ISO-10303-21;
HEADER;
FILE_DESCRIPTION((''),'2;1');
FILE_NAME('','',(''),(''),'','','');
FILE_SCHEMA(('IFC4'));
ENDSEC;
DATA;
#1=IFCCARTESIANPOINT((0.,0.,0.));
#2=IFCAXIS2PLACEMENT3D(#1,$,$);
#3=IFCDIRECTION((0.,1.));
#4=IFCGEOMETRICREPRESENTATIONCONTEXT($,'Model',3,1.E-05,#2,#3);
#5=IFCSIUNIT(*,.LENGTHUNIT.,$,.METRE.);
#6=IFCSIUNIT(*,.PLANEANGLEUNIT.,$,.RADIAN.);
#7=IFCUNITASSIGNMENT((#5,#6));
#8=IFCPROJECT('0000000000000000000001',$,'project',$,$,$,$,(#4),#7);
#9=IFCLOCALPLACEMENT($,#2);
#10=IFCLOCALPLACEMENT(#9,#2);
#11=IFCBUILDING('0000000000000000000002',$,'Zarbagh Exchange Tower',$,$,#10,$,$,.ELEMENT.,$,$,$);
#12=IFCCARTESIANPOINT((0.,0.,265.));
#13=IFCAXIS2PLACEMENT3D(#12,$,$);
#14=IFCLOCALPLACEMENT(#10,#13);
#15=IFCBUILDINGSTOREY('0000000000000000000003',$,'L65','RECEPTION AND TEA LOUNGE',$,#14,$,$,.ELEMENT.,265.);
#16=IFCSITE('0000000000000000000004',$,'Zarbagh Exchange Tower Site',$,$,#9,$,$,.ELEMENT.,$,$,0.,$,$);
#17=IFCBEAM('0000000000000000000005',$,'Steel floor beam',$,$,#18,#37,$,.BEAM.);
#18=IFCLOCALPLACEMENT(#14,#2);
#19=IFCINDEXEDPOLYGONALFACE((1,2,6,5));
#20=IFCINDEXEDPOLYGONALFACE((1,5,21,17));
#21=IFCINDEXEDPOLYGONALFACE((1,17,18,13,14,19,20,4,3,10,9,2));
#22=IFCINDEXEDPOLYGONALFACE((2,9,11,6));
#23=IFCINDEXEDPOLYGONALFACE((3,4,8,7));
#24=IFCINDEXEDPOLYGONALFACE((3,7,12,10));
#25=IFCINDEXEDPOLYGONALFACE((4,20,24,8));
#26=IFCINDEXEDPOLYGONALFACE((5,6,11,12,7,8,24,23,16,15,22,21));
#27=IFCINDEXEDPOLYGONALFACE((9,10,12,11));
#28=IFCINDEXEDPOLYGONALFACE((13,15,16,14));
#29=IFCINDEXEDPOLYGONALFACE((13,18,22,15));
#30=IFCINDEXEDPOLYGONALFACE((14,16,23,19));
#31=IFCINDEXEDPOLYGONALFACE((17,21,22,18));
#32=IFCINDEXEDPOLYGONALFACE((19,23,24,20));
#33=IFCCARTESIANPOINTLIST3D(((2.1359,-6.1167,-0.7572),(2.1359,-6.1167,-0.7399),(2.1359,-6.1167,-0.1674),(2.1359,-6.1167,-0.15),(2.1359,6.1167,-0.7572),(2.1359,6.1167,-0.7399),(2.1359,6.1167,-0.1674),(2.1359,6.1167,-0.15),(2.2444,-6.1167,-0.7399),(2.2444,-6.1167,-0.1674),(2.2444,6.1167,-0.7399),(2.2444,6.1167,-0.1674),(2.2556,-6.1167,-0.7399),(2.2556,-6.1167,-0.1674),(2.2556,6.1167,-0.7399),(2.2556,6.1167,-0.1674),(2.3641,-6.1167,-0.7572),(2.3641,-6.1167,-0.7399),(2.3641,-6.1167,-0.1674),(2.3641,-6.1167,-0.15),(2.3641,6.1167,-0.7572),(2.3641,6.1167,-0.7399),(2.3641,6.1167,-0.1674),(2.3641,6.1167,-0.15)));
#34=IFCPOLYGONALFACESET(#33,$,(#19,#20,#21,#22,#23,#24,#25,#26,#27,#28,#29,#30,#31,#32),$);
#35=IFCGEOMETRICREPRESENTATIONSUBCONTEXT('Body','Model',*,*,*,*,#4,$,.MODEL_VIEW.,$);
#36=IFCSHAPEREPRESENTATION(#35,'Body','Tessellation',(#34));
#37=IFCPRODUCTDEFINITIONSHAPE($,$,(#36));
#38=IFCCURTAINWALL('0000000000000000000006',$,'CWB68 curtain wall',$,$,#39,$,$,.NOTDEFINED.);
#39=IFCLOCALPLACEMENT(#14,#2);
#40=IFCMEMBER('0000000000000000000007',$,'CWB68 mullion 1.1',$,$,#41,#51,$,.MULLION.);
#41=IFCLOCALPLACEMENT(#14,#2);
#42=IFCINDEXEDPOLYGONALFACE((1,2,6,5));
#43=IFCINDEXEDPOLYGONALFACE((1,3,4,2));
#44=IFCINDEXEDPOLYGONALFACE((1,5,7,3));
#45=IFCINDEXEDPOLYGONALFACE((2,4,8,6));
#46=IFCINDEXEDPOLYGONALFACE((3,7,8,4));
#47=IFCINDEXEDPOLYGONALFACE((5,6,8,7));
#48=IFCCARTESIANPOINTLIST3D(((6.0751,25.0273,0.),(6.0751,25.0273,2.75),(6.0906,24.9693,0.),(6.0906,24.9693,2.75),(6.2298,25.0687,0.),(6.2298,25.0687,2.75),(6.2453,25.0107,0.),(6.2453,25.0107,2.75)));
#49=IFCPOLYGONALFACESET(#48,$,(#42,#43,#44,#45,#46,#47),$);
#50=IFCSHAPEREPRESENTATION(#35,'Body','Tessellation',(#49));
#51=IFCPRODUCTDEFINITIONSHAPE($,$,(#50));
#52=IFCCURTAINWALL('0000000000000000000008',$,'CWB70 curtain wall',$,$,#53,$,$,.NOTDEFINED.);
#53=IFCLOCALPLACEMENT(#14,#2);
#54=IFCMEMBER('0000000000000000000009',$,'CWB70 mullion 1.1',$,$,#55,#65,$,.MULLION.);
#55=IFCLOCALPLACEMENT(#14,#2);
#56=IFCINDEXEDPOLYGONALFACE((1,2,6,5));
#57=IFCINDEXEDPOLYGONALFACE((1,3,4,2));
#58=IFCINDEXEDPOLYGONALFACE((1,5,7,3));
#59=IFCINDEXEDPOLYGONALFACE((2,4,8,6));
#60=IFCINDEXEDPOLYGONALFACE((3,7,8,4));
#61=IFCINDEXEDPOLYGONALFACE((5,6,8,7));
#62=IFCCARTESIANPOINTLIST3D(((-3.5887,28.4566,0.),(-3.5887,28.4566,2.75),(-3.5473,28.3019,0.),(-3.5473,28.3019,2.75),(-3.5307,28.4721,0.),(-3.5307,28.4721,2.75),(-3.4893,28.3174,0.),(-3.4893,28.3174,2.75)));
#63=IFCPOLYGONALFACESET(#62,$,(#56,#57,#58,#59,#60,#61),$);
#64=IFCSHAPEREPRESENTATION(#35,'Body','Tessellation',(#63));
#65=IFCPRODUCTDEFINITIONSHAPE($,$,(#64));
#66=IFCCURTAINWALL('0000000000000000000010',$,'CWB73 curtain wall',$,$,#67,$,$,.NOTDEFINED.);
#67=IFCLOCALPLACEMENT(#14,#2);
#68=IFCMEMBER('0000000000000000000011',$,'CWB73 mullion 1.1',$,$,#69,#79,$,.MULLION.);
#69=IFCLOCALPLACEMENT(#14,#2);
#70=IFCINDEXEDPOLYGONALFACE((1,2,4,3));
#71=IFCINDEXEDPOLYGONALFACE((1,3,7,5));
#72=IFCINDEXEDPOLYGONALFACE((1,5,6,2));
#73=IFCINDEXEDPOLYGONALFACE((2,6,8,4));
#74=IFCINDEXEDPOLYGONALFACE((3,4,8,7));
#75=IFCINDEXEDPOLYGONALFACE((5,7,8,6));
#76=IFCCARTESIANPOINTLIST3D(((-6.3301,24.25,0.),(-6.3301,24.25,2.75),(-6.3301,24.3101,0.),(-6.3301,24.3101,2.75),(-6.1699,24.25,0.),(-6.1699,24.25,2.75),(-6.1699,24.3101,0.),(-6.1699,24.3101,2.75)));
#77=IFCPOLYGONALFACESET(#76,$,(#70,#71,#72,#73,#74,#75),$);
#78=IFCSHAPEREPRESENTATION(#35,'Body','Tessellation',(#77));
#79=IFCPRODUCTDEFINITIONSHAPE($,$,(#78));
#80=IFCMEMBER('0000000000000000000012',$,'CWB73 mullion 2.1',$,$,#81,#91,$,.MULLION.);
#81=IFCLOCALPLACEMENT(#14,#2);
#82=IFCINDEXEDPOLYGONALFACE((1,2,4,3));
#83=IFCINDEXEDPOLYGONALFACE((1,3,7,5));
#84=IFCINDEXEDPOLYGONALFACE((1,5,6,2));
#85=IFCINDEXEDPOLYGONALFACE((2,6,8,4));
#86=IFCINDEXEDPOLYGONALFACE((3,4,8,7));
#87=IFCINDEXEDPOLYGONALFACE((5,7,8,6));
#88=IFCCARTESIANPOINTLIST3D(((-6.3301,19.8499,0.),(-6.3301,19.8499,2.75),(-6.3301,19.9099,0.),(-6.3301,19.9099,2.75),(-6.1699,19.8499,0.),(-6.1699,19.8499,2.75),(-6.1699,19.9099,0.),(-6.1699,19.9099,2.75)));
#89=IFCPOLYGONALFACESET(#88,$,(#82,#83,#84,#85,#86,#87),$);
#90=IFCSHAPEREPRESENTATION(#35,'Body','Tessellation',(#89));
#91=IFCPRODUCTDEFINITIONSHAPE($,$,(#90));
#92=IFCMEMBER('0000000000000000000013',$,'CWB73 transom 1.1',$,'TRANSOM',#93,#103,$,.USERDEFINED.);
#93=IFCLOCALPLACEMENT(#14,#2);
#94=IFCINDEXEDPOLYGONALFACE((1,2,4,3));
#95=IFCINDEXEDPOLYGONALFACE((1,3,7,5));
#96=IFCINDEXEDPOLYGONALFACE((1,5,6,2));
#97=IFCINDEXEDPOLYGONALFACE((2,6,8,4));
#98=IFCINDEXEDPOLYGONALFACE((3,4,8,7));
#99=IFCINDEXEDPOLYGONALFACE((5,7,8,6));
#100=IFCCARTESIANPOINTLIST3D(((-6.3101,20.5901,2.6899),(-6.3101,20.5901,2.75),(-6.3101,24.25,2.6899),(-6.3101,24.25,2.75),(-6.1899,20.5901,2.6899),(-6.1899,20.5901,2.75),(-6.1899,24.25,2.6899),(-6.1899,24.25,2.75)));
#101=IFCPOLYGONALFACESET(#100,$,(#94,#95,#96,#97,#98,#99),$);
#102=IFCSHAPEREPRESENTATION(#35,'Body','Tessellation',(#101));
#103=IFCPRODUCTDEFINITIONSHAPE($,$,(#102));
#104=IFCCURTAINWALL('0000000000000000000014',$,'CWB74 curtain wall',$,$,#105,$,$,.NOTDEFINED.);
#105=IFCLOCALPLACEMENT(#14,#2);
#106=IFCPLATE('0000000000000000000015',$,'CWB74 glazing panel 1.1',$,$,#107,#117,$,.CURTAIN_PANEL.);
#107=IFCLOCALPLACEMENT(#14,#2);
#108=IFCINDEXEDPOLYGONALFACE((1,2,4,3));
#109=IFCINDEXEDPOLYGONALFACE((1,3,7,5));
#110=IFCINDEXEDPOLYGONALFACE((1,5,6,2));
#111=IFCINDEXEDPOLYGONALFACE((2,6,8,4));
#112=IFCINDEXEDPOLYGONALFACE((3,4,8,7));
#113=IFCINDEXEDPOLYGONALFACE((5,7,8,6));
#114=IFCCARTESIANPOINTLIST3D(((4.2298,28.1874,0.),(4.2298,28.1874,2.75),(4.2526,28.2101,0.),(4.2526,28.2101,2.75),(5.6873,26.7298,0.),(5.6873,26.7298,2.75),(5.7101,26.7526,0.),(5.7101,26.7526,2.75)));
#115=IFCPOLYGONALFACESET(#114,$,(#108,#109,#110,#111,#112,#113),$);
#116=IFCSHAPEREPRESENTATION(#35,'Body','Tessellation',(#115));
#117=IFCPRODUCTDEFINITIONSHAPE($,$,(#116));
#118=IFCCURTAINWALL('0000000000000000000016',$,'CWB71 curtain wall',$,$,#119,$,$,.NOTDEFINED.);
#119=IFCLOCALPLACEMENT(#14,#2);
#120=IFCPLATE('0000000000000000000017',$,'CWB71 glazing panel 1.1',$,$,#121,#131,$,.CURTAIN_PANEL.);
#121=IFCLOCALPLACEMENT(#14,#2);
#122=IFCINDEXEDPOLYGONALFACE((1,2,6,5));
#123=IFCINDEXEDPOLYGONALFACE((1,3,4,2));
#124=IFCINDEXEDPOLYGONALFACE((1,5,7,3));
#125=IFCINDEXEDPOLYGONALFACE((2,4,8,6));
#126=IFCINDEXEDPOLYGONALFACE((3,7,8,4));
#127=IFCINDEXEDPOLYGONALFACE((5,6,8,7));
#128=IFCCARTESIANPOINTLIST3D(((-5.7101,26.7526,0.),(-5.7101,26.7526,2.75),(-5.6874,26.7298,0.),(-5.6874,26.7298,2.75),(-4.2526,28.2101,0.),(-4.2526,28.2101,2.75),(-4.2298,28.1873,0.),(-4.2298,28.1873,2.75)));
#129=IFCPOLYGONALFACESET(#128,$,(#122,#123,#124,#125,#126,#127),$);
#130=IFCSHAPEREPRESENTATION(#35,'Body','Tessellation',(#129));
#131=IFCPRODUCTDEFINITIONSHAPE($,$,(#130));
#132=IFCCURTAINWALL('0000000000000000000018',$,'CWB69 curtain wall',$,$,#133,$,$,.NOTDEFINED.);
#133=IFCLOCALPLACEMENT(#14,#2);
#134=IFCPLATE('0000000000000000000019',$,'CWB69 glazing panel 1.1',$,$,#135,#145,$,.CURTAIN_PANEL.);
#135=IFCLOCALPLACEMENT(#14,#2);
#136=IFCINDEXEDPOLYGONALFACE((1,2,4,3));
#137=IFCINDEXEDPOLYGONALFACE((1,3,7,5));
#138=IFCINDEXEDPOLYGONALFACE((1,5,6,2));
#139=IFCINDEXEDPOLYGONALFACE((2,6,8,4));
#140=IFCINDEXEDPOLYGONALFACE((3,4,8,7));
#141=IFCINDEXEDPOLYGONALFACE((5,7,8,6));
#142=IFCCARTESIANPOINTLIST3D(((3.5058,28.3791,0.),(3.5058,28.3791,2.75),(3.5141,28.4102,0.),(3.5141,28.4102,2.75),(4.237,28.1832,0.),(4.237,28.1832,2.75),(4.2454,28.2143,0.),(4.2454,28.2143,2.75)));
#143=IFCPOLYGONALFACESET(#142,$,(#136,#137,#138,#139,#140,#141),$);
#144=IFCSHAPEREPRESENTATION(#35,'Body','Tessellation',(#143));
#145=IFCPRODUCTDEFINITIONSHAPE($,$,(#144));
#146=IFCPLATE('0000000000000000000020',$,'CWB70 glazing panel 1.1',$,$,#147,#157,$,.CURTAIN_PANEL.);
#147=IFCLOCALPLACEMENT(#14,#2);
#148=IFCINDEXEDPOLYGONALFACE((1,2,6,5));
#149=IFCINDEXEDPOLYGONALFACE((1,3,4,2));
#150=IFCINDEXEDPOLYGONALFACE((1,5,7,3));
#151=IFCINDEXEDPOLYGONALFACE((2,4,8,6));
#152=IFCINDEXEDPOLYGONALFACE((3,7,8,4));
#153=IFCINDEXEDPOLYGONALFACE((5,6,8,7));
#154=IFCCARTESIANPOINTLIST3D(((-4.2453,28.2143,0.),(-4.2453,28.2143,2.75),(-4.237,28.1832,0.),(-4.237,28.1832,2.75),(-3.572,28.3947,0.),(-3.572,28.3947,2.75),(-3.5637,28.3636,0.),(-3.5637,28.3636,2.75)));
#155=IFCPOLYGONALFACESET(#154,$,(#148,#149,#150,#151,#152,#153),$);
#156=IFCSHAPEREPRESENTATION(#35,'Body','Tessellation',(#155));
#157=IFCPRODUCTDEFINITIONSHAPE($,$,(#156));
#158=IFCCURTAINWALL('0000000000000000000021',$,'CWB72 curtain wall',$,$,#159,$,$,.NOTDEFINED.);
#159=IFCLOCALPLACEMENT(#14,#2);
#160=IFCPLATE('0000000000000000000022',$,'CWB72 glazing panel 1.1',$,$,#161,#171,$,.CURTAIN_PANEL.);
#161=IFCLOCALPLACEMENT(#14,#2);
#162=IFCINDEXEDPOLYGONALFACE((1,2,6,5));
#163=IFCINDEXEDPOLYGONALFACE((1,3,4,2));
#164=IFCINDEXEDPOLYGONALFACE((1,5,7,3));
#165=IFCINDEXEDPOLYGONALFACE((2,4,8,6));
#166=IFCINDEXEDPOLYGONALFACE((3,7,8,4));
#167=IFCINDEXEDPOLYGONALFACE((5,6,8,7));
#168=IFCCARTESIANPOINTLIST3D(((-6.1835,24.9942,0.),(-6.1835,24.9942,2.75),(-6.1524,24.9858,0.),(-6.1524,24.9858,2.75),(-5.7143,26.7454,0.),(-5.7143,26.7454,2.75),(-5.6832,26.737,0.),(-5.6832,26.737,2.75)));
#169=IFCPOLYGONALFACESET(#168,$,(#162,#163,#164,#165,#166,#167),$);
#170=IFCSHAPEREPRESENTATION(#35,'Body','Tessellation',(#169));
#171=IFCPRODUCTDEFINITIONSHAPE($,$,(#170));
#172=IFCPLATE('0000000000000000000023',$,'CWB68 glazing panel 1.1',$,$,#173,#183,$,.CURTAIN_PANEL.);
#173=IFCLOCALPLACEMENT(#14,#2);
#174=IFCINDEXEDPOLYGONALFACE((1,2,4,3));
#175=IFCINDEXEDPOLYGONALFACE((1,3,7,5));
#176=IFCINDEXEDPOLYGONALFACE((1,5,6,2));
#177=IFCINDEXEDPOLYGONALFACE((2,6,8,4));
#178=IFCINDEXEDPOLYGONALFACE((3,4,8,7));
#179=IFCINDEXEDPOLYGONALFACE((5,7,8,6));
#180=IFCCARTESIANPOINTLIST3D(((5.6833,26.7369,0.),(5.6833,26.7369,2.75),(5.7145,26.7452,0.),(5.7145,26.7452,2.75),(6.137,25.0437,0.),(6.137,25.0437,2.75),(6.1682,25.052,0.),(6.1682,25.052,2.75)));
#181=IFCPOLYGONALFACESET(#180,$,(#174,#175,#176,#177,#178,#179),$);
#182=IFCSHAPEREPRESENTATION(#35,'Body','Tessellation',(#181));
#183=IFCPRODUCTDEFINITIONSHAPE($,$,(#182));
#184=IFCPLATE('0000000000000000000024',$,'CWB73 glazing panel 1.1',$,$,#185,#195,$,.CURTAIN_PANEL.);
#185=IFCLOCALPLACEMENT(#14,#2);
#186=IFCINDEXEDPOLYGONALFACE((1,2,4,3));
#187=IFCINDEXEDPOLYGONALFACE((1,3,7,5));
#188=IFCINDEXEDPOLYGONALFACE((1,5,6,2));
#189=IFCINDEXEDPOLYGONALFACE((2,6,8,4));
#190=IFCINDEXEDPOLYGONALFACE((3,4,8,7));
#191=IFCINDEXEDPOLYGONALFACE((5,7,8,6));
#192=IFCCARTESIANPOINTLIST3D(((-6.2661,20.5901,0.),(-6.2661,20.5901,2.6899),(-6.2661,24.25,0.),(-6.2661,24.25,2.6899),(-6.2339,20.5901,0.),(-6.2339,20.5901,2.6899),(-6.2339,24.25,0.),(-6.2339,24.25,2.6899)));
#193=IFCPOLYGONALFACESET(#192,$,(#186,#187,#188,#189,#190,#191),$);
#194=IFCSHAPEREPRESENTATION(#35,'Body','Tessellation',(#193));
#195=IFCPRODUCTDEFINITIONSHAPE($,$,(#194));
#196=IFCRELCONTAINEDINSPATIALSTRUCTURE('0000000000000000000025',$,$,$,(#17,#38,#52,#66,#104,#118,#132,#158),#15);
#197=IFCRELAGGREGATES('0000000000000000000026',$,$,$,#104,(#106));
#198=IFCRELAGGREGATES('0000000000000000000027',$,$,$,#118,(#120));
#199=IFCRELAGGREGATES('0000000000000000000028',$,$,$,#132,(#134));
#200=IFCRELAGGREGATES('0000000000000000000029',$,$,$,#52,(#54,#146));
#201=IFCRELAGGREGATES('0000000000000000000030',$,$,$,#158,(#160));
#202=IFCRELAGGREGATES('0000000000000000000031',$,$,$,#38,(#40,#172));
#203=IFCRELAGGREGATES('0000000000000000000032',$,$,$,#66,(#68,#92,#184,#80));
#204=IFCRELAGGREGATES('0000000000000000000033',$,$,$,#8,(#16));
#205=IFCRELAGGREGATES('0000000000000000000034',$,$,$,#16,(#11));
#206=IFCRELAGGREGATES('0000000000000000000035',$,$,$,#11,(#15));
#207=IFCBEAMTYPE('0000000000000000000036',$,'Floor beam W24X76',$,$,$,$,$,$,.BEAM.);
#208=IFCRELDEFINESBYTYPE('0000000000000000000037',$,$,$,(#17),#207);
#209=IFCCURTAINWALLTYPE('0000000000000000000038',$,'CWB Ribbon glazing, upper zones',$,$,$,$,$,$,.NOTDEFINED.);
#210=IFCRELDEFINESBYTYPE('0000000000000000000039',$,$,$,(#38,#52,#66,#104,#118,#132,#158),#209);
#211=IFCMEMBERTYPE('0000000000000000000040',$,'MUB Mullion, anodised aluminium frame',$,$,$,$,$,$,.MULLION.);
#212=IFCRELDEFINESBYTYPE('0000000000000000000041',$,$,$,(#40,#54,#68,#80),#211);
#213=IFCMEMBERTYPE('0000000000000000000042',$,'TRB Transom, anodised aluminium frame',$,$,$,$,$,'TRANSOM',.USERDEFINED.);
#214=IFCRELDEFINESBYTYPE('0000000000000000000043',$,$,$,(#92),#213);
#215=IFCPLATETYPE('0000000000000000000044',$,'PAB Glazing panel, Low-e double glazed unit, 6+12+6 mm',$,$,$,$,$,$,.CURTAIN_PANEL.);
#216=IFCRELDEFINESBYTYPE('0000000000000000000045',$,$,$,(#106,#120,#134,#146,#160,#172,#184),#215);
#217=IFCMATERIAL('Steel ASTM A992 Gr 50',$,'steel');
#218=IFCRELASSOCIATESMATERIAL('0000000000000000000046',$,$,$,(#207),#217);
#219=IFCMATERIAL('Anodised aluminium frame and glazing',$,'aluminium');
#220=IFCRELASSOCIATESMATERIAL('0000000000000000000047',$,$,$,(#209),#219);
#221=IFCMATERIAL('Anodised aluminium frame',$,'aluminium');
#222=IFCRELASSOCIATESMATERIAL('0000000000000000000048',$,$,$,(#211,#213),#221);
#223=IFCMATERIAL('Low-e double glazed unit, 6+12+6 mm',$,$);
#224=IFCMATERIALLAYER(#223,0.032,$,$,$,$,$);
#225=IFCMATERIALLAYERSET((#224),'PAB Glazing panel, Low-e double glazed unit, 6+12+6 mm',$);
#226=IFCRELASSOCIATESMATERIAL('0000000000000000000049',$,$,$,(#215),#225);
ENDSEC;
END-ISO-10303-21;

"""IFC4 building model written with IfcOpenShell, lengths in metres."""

from ifc_helpers import new_model, si_unit, direction, frame, origin, origin_2d, place, context, subcontext, project, spatial, polyline, i_section, outline, extrude, source, transform, mapped, material, layer, layer_set, material_profile, profile_set, type_object, element, aggregate, save


model = new_model("IFC4")

# Units and contexts
model_context = context("Model", 3, precision=1e-05, world=origin(), true_north=direction((0.0, 1.0)))
body_context = subcontext(model_context, "Body", "Model", "MODEL_VIEW")
ifc_project = project(units=[si_unit("LENGTHUNIT", "METRE"), si_unit("PLANEANGLEUNIT", "RADIAN")], contexts=[model_context])

# Site, building, storey
site_placement = place(None, origin())
site = spatial("IfcSite", under=ifc_project, at=site_placement, Name="Zarbagh Exchange Tower Site", CompositionType="ELEMENT", RefElevation=0.0)
building_placement = place(site_placement, origin())
building = spatial("IfcBuilding", under=site, at=building_placement, Name="Zarbagh Exchange Tower", CompositionType="ELEMENT")
storey_placement = place(building_placement, frame((0.0, 0.0, 265.0)))
storey = spatial("IfcBuildingStorey", under=building, at=storey_placement, Name="L65", Description="RECEPTION AND TEA LOUNGE", CompositionType="ELEMENT", Elevation=265.0)

# Beam
ifc_material_1 = material(Name="Steel ASTM A992 Gr 50", Category="steel")
ifc_material_profile = material_profile(ifc_material_1, i_section(OverallWidth=0.2283, OverallDepth=0.6072, WebThickness=0.0112, FlangeThickness=0.0173, at=origin_2d()), Name="W24X76")
ifc_profile_set = profile_set([ifc_material_profile], Name="Steel ASTM A992 Gr 50")
beam_type = type_object("IfcBeamType", Name="Floor beam W24X76", PredefinedType="BEAM", material=ifc_profile_set)
beam_placement = place(storey_placement, frame((2.25, -6.1167, -0.4536), z_axis=(0.0, 1.0, 0.0), x_axis=(-1.0, 0.0, 0.0)))
element("IfcBeam", 1, at=beam_placement, inside=storey, type_object=beam_type, Name="Steel floor beam", PredefinedType="BEAM", context=body_context, shape_type="SweptSolid", body=[
    extrude(i_section(OverallWidth=0.2283, OverallDepth=0.6072, WebThickness=0.0112, FlangeThickness=0.0173, at=origin_2d()), origin(), (0.0, 0.0, 1.0), 12.2334),
])

# Curtain walls, members
ifc_material_2 = material(Name="Anodised aluminium frame and glazing", Category="aluminium")
curtain_wall_type = type_object("IfcCurtainWallType", Name="CWB Ribbon glazing, upper zones", PredefinedType="NOTDEFINED", material=ifc_material_2)
curtain_wall_1_placement = place(storey_placement, origin())
curtain_wall_1 = element("IfcCurtainWall", 2, at=curtain_wall_1_placement, inside=storey, type_object=curtain_wall_type, Name="CWB68 curtain wall", PredefinedType="NOTDEFINED")
ifc_material_3 = material(Name="Anodised aluminium frame", Category="aluminium")
member_type_1 = type_object("IfcMemberType", Name="MUB Mullion, anodised aluminium frame", PredefinedType="MULLION", material=ifc_material_3)
shared_shape_1 = source(origin(), body_context, "Body", "SweptSolid", [
    extrude(outline(polyline([(0.0, -0.0801), (0.0601, -0.0801), (0.0601, 0.0801), (0.0, 0.0801), (0.0, -0.0801)])), origin(), (0.0, 0.0, 1.0), 2.75),
])
placement = place(storey_placement, origin())
member_1 = element("IfcMember", 3, at=placement, type_object=member_type_1, Name="CWB68 mullion 1.1", PredefinedType="MULLION", context=body_context, shape_type="MappedRepresentation", body=[
    mapped(shared_shape_1, transform((6.168, 24.99, 0.0), x_axis=(-0.258825, 0.965924, 0.0), y_axis=(-0.965924, -0.258825, 0.0), z_axis=(0.0, 0.0, 1.0))),
])
curtain_wall_2_placement = place(storey_placement, origin())
curtain_wall_2 = element("IfcCurtainWall", 4, at=curtain_wall_2_placement, inside=storey, type_object=curtain_wall_type, Name="CWB70 curtain wall", PredefinedType="NOTDEFINED")
member_2 = element("IfcMember", 5, at=placement, type_object=member_type_1, Name="CWB70 mullion 1.1", PredefinedType="MULLION", context=body_context, shape_type="MappedRepresentation", body=[
    mapped(shared_shape_1, transform((-3.51, 28.3948, 0.0), x_axis=(-0.965924, -0.258825, 0.0), y_axis=(0.258825, -0.965924, 0.0), z_axis=(0.0, 0.0, 1.0))),
])

# Curtain wall, members
curtain_wall_3_placement = place(storey_placement, origin())
curtain_wall_3 = element("IfcCurtainWall", 6, at=curtain_wall_3_placement, inside=storey, type_object=curtain_wall_type, Name="CWB73 curtain wall", PredefinedType="NOTDEFINED")
member_3 = element("IfcMember", 7, at=placement, type_object=member_type_1, Name="CWB73 mullion 1.1", PredefinedType="MULLION", context=body_context, shape_type="MappedRepresentation", body=[
    mapped(shared_shape_1, transform((-6.25, 24.3101, 0.0), x_axis=(0.0, -1.0, 0.0), y_axis=(1.0, 0.0, 0.0), z_axis=(0.0, 0.0, 1.0))),
])
member_4 = element("IfcMember", 8, at=placement, type_object=member_type_1, Name="CWB73 mullion 2.1", PredefinedType="MULLION", context=body_context, shape_type="MappedRepresentation", body=[
    mapped(shared_shape_1, transform((-6.25, 19.9099, 0.0), x_axis=(0.0, -1.0, 0.0), y_axis=(1.0, 0.0, 0.0), z_axis=(0.0, 0.0, 1.0))),
])
member_type_2 = type_object("IfcMemberType", Name="TRB Transom, anodised aluminium frame", ElementType="TRANSOM", PredefinedType="USERDEFINED", material=ifc_material_3)
shared_shape_2 = source(origin(), body_context, "Body", "SweptSolid", [
    extrude(outline(polyline([(-0.0601, -0.0601), (0.0, -0.0601), (0.0, 0.0601), (-0.0601, 0.0601), (-0.0601, -0.0601)])), origin(), (0.0, 0.0, 1.0), 3.6599),
])
member_5 = element("IfcMember", 9, at=placement, type_object=member_type_2, Name="CWB73 transom 1.1", ObjectType="TRANSOM", PredefinedType="USERDEFINED", context=body_context, shape_type="MappedRepresentation", body=[
    mapped(shared_shape_2, transform((-6.25, 24.25, 2.75), x_axis=(0.0, 0.0, 1.0), y_axis=(-1.0, 0.0, 0.0), z_axis=(0.0, -1.0, 0.0))),
])

# Curtain walls, plates
curtain_wall_4_placement = place(storey_placement, origin())
curtain_wall_4 = element("IfcCurtainWall", 10, at=curtain_wall_4_placement, inside=storey, type_object=curtain_wall_type, Name="CWB74 curtain wall", PredefinedType="NOTDEFINED")
ifc_material_4 = material(Name="Low-e double glazed unit, 6+12+6 mm")
ifc_layer_1 = layer(ifc_material_4, 0.032)
ifc_layer_set_1 = layer_set([ifc_layer_1], Name="PAB Glazing panel, Low-e double glazed unit, 6+12+6 mm")
plate_type = type_object("IfcPlateType", Name="PAB Glazing panel, Low-e double glazed unit, 6+12+6 mm", PredefinedType="CURTAIN_PANEL", material=ifc_layer_set_1)
shared_shape_3 = source(origin(), body_context, "Body", "SweptSolid", [
    extrude(outline(polyline([(0.0, -0.0161), (2.0613, -0.0161), (2.0613, 0.0161), (0.0, 0.0161), (0.0, -0.0161)])), origin(), (0.0, 0.0, 1.0), 2.75),
])
plate_1 = element("IfcPlate", 11, at=placement, type_object=plate_type, Name="CWB74 glazing panel 1.1", PredefinedType="CURTAIN_PANEL", context=body_context, shape_type="MappedRepresentation", body=[
    mapped(shared_shape_3, transform((5.6987, 26.7412, 0.0), x_axis=(-0.707107, 0.707107, 0.0), y_axis=(-0.707107, -0.707107, 0.0), z_axis=(0.0, 0.0, 1.0))),
])
aggregate(curtain_wall_4, [plate_1])
curtain_wall_5_placement = place(storey_placement, origin())
curtain_wall_5 = element("IfcCurtainWall", 12, at=curtain_wall_5_placement, inside=storey, type_object=curtain_wall_type, Name="CWB71 curtain wall", PredefinedType="NOTDEFINED")
plate_2 = element("IfcPlate", 13, at=placement, type_object=plate_type, Name="CWB71 glazing panel 1.1", PredefinedType="CURTAIN_PANEL", context=body_context, shape_type="MappedRepresentation", body=[
    mapped(shared_shape_3, transform((-4.2412, 28.1987, 0.0), x_axis=(-0.707107, -0.707107, 0.0), y_axis=(0.707107, -0.707107, 0.0), z_axis=(0.0, 0.0, 1.0))),
])
aggregate(curtain_wall_5, [plate_2])
curtain_wall_6_placement = place(storey_placement, origin())
curtain_wall_6 = element("IfcCurtainWall", 14, at=curtain_wall_6_placement, inside=storey, type_object=curtain_wall_type, Name="CWB69 curtain wall", PredefinedType="NOTDEFINED")
shared_shape_4 = source(origin(), body_context, "Body", "SweptSolid", [
    extrude(outline(polyline([(0.0, -0.0161), (0.7571, -0.0161), (0.7571, 0.0161), (0.0, 0.0161), (0.0, -0.0161)])), origin(), (0.0, 0.0, 1.0), 2.75),
])
plate_3 = element("IfcPlate", 15, at=placement, type_object=plate_type, Name="CWB69 glazing panel 1.1", PredefinedType="CURTAIN_PANEL", context=body_context, shape_type="MappedRepresentation", body=[
    mapped(shared_shape_4, transform((4.2412, 28.1987, 0.0), x_axis=(-0.965924, 0.258825, 0.0), y_axis=(-0.258825, -0.965924, 0.0), z_axis=(0.0, 0.0, 1.0))),
])
aggregate(curtain_wall_6, [plate_3])

# Plate
shared_shape_5 = source(origin(), body_context, "Body", "SweptSolid", [
    extrude(outline(polyline([(0.0, -0.0161), (0.697, -0.0161), (0.697, 0.0161), (0.0, 0.0161), (0.0, -0.0161)])), origin(), (0.0, 0.0, 1.0), 2.75),
])
plate_4 = element("IfcPlate", 16, at=placement, type_object=plate_type, Name="CWB70 glazing panel 1.1", PredefinedType="CURTAIN_PANEL", context=body_context, shape_type="MappedRepresentation", body=[
    mapped(shared_shape_5, transform((-3.5679, 28.3792, 0.0), x_axis=(-0.965924, -0.258825, 0.0), y_axis=(0.258825, -0.965924, 0.0), z_axis=(0.0, 0.0, 1.0))),
])
aggregate(curtain_wall_2, [member_2, plate_4])

# Curtain wall, plate
curtain_wall_7_placement = place(storey_placement, origin())
curtain_wall_7 = element("IfcCurtainWall", 17, at=curtain_wall_7_placement, inside=storey, type_object=curtain_wall_type, Name="CWB72 curtain wall", PredefinedType="NOTDEFINED")
shared_shape_6 = source(origin(), body_context, "Body", "SweptSolid", [
    extrude(outline(polyline([(0.0, -0.0161), (1.813, -0.0161), (1.813, 0.0161), (0.0, 0.0161), (0.0, -0.0161)])), origin(), (0.0, 0.0, 1.0), 2.75),
])
plate_5 = element("IfcPlate", 18, at=placement, type_object=plate_type, Name="CWB72 glazing panel 1.1", PredefinedType="CURTAIN_PANEL", context=body_context, shape_type="MappedRepresentation", body=[
    mapped(shared_shape_6, transform((-5.6987, 26.7412, 0.0), x_axis=(-0.258825, -0.965924, 0.0), y_axis=(0.965924, -0.258825, 0.0), z_axis=(0.0, 0.0, 1.0))),
])
aggregate(curtain_wall_7, [plate_5])

# Plates
shared_shape_7 = source(origin(), body_context, "Body", "SweptSolid", [
    extrude(outline(polyline([(0.0, -0.0161), (1.7529, -0.0161), (1.7529, 0.0161), (0.0, 0.0161), (0.0, -0.0161)])), origin(), (0.0, 0.0, 1.0), 2.75),
])
plate_6 = element("IfcPlate", 19, at=placement, type_object=plate_type, Name="CWB68 glazing panel 1.1", PredefinedType="CURTAIN_PANEL", context=body_context, shape_type="MappedRepresentation", body=[
    mapped(shared_shape_7, transform((6.1526, 25.0479, 0.0), x_axis=(-0.258825, 0.965924, 0.0), y_axis=(-0.965924, -0.258825, 0.0), z_axis=(0.0, 0.0, 1.0))),
])
aggregate(curtain_wall_1, [member_1, plate_6])
shared_shape_8 = source(origin(), body_context, "Body", "SweptSolid", [
    extrude(outline(polyline([(0.0, -0.0161), (3.6599, -0.0161), (3.6599, 0.0161), (0.0, 0.0161), (0.0, -0.0161)])), origin(), (0.0, 0.0, 1.0), 2.6899),
])
plate_7 = element("IfcPlate", 20, at=placement, type_object=plate_type, Name="CWB73 glazing panel 1.1", PredefinedType="CURTAIN_PANEL", context=body_context, shape_type="MappedRepresentation", body=[
    mapped(shared_shape_8, transform((-6.25, 24.25, 0.0), x_axis=(0.0, -1.0, 0.0), y_axis=(1.0, 0.0, 0.0), z_axis=(0.0, 0.0, 1.0))),
])
aggregate(curtain_wall_3, [member_3, member_5, plate_7, member_4])

save(model, "model.ifc")
